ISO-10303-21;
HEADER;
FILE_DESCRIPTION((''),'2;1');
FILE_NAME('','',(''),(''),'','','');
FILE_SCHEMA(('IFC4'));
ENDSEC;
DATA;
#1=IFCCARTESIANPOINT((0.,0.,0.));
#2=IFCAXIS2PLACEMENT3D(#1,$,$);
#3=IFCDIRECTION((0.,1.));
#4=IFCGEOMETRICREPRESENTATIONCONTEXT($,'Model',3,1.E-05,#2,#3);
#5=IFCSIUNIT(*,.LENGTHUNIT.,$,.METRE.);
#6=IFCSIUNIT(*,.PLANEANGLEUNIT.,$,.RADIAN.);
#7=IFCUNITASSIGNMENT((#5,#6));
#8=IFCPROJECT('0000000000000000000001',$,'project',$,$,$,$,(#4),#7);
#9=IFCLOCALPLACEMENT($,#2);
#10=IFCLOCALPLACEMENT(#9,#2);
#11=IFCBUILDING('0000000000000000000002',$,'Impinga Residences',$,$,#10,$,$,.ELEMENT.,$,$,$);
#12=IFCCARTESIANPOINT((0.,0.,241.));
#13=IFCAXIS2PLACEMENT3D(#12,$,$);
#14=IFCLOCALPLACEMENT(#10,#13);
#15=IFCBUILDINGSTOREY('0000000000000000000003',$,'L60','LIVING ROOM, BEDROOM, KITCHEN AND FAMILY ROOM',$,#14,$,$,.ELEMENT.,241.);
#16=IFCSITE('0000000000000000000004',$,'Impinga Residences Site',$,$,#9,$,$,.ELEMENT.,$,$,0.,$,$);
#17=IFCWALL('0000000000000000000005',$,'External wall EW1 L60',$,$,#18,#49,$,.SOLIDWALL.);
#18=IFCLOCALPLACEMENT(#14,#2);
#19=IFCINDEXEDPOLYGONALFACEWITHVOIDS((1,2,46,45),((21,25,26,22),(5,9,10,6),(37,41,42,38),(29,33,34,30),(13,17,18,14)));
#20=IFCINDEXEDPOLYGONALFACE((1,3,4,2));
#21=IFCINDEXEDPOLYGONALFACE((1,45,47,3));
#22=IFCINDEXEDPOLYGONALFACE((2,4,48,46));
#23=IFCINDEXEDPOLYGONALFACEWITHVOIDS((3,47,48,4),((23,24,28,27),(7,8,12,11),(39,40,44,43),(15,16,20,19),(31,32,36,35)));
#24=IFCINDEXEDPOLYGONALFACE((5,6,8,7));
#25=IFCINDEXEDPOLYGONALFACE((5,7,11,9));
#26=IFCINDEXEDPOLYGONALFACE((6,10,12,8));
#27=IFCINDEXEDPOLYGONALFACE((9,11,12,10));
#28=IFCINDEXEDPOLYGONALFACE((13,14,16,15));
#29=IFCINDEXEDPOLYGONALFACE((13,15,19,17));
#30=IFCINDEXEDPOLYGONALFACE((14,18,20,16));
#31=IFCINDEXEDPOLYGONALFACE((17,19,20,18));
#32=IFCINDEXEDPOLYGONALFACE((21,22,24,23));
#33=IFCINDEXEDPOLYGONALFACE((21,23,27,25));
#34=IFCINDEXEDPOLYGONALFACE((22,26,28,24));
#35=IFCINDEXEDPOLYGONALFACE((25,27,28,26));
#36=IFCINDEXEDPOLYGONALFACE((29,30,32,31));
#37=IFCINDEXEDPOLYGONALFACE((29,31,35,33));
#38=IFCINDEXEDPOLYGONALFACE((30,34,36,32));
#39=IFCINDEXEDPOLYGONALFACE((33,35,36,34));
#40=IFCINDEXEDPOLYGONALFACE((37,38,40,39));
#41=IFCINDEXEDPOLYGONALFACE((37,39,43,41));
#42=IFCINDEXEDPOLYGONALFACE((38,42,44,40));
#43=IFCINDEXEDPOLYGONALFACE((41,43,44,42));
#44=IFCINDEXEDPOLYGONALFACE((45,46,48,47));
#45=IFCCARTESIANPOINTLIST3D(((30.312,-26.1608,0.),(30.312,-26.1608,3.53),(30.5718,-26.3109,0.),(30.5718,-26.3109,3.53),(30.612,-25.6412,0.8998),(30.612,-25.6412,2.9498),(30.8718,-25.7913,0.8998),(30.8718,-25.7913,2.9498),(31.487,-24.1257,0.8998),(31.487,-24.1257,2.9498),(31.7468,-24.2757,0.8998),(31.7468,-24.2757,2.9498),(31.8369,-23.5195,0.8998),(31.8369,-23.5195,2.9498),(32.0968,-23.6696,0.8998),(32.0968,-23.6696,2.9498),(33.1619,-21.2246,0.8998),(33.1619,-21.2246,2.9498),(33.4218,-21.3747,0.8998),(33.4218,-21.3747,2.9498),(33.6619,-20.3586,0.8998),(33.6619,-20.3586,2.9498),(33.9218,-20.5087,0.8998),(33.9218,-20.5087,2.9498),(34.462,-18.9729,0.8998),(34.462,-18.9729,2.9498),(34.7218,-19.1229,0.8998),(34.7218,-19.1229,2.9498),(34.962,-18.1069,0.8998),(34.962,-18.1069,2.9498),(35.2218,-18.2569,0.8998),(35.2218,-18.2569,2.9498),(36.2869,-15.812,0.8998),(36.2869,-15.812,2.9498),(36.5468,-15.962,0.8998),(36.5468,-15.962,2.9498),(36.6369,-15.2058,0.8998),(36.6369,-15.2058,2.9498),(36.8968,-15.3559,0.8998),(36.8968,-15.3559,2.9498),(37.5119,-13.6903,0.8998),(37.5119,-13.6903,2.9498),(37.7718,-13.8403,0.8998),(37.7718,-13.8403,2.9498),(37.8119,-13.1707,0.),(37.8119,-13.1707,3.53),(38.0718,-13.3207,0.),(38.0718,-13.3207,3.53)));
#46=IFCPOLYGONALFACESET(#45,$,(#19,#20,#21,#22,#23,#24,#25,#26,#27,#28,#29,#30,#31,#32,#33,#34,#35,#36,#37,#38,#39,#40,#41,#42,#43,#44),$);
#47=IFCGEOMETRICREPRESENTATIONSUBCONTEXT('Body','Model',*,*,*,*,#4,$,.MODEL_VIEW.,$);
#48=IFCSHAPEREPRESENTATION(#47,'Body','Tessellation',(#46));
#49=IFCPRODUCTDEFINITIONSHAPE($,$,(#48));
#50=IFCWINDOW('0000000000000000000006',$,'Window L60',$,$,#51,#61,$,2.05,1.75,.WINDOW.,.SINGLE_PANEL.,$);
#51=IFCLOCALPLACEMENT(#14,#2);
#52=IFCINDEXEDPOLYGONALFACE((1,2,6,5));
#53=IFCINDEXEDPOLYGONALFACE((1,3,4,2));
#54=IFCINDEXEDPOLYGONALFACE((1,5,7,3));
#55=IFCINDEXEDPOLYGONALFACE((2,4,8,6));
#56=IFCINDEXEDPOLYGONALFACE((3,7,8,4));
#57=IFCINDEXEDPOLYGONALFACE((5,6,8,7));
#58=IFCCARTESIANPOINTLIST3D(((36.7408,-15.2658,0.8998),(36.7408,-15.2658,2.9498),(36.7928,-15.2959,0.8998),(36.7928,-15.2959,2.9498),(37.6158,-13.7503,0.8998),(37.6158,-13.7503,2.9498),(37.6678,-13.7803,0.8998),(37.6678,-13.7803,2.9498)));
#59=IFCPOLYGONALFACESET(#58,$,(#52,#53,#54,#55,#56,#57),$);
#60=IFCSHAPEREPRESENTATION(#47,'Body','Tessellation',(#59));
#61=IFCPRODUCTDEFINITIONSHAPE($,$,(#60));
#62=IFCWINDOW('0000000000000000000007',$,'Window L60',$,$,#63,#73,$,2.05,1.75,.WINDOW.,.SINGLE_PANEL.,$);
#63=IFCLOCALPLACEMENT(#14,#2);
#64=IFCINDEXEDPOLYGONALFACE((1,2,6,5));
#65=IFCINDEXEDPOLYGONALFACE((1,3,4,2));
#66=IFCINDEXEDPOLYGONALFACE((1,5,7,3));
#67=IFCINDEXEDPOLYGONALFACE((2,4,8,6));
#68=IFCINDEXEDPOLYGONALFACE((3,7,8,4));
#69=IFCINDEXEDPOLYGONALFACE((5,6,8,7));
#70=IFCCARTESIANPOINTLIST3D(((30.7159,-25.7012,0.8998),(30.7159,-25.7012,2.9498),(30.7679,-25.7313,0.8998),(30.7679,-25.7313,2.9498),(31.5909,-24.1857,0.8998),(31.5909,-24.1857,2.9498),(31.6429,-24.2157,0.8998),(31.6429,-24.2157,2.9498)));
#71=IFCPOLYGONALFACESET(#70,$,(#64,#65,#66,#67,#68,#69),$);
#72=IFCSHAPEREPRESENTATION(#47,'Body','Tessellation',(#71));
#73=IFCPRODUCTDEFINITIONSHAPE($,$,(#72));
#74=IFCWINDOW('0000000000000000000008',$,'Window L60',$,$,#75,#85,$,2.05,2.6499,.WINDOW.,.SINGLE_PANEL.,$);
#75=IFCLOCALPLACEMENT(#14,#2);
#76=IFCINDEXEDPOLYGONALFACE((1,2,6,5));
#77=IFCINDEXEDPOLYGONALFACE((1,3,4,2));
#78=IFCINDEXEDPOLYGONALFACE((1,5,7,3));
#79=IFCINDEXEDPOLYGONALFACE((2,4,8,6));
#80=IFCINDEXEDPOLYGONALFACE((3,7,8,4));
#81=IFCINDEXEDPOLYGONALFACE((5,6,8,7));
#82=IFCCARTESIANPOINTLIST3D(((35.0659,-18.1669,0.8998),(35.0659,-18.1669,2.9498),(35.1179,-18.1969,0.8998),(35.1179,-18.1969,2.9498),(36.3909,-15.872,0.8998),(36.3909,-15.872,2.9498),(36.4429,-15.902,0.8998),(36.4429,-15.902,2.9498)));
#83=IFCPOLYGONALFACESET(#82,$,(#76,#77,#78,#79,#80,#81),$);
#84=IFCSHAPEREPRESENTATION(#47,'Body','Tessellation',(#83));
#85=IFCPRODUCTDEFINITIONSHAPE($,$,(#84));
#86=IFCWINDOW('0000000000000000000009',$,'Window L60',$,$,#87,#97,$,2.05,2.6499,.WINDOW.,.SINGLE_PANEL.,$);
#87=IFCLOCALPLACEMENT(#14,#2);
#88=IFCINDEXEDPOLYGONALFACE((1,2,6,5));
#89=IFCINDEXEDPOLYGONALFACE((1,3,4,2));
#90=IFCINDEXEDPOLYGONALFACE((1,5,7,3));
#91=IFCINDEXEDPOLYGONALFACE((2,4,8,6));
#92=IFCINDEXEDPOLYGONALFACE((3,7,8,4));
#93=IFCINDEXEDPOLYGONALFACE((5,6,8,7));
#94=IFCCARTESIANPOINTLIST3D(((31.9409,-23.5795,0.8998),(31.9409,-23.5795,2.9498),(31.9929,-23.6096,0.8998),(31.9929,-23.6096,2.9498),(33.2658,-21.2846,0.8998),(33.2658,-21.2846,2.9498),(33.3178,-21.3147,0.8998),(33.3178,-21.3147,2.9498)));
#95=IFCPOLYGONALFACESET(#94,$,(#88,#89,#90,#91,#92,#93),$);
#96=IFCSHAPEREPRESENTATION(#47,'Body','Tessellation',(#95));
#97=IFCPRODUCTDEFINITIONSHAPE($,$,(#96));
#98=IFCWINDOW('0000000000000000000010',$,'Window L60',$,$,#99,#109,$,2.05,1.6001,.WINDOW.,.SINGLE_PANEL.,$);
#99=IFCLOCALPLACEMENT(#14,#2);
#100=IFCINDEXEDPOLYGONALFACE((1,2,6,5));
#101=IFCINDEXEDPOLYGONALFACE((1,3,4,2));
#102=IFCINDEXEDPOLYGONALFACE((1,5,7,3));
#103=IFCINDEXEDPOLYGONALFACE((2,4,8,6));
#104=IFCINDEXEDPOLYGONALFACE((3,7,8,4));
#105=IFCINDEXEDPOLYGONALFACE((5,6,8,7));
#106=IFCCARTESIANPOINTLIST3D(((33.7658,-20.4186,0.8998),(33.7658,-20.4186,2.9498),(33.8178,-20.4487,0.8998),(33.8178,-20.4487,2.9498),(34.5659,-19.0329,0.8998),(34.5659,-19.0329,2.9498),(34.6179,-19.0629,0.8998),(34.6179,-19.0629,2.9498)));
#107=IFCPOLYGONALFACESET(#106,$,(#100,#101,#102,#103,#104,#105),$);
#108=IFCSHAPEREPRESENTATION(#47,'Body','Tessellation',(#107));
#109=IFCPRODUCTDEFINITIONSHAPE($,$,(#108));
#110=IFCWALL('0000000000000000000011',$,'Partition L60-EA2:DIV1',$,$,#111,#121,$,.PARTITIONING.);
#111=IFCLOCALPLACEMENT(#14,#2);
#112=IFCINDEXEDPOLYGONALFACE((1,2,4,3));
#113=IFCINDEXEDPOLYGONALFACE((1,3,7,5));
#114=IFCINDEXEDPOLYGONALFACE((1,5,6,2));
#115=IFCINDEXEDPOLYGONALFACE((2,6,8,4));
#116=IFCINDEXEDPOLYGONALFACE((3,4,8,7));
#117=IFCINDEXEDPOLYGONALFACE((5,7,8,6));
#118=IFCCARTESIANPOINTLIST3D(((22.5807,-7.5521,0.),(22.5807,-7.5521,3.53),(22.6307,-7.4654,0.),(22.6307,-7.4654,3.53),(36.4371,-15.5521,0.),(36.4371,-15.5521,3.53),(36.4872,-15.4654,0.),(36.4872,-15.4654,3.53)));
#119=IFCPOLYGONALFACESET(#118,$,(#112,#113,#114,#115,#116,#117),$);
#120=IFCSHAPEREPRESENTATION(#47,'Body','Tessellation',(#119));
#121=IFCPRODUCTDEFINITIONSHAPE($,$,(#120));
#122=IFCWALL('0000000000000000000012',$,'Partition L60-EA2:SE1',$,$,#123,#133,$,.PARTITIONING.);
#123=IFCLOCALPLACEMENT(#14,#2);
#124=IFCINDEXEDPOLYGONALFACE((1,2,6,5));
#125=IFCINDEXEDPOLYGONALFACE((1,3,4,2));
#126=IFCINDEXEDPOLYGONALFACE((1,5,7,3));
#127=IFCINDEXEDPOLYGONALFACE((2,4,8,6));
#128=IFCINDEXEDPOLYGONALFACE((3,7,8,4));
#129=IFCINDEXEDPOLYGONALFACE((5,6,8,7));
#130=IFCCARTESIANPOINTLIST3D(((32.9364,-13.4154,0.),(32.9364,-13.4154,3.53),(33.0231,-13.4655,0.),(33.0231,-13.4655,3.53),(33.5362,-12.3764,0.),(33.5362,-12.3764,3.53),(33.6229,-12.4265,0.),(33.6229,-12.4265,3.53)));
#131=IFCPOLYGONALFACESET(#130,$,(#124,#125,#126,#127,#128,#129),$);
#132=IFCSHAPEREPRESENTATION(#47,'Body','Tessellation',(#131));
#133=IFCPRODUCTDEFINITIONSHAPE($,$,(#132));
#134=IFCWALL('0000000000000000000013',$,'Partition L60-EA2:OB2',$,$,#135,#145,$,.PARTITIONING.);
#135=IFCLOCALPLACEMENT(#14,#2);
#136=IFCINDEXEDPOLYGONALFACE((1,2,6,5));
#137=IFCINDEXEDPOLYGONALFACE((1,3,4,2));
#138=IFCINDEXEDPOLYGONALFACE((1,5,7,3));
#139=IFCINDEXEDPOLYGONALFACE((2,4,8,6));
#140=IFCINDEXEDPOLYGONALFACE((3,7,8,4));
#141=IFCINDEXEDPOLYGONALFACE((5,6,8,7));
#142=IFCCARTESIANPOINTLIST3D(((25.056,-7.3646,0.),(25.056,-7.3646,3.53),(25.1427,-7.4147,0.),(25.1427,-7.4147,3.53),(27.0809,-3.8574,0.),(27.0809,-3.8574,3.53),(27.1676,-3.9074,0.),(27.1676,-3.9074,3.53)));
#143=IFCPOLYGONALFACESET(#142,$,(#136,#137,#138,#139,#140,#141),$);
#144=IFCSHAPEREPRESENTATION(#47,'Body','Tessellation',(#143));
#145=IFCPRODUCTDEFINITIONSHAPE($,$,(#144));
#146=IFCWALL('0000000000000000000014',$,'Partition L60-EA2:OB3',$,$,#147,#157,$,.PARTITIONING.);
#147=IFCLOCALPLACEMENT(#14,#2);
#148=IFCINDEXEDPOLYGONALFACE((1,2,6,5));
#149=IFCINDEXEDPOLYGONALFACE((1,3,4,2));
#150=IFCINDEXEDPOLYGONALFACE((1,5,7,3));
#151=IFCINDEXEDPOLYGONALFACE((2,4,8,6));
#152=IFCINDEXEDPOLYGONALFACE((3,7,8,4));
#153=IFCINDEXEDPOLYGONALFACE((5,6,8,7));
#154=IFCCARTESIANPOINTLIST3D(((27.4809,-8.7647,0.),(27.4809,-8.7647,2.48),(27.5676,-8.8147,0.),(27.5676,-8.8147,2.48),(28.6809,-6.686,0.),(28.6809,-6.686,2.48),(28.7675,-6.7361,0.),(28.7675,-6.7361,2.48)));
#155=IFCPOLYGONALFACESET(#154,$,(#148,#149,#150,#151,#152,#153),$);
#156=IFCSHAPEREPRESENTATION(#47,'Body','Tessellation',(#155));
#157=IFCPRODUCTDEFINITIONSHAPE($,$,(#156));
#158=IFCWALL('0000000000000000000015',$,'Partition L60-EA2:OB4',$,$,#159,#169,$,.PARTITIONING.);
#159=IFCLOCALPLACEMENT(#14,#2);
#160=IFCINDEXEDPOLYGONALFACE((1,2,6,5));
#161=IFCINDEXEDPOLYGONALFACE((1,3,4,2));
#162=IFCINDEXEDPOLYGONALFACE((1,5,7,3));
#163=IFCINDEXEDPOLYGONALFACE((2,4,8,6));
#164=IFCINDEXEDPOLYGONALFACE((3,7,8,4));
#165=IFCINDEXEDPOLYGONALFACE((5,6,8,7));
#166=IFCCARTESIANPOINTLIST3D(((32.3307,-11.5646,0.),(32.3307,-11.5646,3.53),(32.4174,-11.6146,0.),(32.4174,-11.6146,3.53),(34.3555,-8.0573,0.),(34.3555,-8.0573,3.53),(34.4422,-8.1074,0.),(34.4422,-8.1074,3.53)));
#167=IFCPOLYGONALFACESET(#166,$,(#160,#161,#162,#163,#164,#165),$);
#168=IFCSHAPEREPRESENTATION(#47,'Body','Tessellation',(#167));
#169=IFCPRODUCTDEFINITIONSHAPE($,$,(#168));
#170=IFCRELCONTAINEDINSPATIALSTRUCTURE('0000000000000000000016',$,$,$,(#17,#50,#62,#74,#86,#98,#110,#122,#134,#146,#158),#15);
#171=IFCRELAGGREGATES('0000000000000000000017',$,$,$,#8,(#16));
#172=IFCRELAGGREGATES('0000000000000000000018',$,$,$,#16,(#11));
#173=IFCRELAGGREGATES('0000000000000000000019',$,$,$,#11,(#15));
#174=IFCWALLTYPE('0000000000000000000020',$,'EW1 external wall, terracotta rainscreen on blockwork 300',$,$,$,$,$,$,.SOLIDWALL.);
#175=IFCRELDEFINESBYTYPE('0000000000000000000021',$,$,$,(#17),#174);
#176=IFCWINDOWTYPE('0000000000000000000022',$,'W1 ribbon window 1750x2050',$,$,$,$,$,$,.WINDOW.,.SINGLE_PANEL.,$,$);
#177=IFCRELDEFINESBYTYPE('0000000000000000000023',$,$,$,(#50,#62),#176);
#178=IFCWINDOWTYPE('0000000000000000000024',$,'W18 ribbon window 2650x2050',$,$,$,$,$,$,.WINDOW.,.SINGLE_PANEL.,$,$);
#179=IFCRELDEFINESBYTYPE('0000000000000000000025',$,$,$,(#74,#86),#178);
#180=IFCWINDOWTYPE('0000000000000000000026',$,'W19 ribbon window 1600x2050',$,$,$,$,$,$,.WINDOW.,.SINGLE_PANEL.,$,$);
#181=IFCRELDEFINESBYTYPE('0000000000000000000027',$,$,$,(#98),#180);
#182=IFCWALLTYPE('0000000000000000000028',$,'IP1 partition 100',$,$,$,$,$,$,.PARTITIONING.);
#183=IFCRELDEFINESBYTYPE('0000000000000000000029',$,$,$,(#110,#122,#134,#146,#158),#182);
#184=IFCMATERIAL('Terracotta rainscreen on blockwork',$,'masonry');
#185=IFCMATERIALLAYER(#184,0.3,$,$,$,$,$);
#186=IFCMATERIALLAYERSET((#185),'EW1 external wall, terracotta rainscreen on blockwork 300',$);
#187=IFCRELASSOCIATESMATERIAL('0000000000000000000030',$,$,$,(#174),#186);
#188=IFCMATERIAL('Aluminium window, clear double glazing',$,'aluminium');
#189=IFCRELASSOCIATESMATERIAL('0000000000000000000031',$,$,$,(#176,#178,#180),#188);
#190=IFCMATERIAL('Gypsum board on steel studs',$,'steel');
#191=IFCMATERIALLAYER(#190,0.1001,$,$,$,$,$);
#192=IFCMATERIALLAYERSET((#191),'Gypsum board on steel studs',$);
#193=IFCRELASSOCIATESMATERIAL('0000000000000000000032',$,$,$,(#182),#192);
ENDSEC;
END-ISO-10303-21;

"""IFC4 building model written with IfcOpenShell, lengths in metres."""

from ifc_helpers import new_model, si_unit, direction, frame, frame_2d, origin, place, context, subcontext, project, spatial, rectangle, extrude, material, layer, layer_set, type_object, element, fill, save


model = new_model("IFC4")

# Units and contexts
model_context = context("Model", 3, precision=1e-05, world=origin(), true_north=direction((0.0, 1.0)))
body_context = subcontext(model_context, "Body", "Model", "MODEL_VIEW")
ifc_project = project(units=[si_unit("LENGTHUNIT", "METRE"), si_unit("PLANEANGLEUNIT", "RADIAN")], contexts=[model_context])

# Site, building, storey
site_placement = place(None, origin())
site = spatial("IfcSite", under=ifc_project, at=site_placement, Name="Impinga Residences Site", CompositionType="ELEMENT", RefElevation=0.0)
building_placement = place(site_placement, origin())
building = spatial("IfcBuilding", under=site, at=building_placement, Name="Impinga Residences", CompositionType="ELEMENT")
storey_placement = place(building_placement, frame((0.0, 0.0, 241.0)))
storey = spatial("IfcBuildingStorey", under=building, at=storey_placement, Name="L60", Description="LIVING ROOM, BEDROOM, KITCHEN AND FAMILY ROOM", CompositionType="ELEMENT", Elevation=241.0)

# Shared definitions
ifc_material_1 = material(Name="Terracotta rainscreen on blockwork", Category="masonry")
ifc_layer_1 = layer(ifc_material_1, 0.3)
ifc_layer_set_1 = layer_set([ifc_layer_1], Name="EW1 external wall, terracotta rainscreen on blockwork 300")
wall_type_1 = type_object("IfcWallType", Name="EW1 external wall, terracotta rainscreen on blockwork 300", PredefinedType="SOLIDWALL", material=ifc_layer_set_1)

# Wall, openings, windows
wall_1_placement = place(storey_placement, frame((37.9419, -13.2456, 0.0), z_axis=(0.0, 0.0, 1.0), x_axis=(-0.500004, -0.866023, 0.0)))
wall_1 = element("IfcWall", 1, at=wall_1_placement, inside=storey, type_object=wall_type_1, Name="External wall EW1 L60", PredefinedType="SOLIDWALL", context=body_context, shape_type="SweptSolid", body=[
    extrude(rectangle(XDim=14.9998, YDim=0.3, at=frame_2d((7.5, 0.0))), origin(), (0.0, 0.0, 1.0), 3.53),
])
opening_1_placement = place(wall_1_placement, frame((0.6001, 0.0, 0.8999)))
opening_1 = element("IfcOpeningElement", 2, at=opening_1_placement, cuts=wall_1, PredefinedType="OPENING", context=body_context, shape_type="SweptSolid", body=[
    extrude(rectangle(XDim=1.75, YDim=2.05, at=frame_2d((0.875, 1.0249))), frame((0.0, 0.1599, 0.0), z_axis=(0.0, -1.0, 0.0), x_axis=(1.0, 0.0, 0.0)), (0.0, 0.0, 1.0), 0.3201),
])
opening_2_placement = place(wall_1_placement, frame((3.05, 0.0, 0.8999)))
opening_2 = element("IfcOpeningElement", 3, at=opening_2_placement, cuts=wall_1, PredefinedType="OPENING", context=body_context, shape_type="SweptSolid", body=[
    extrude(rectangle(XDim=2.6499, YDim=2.05, at=frame_2d((1.325, 1.0249))), frame((0.0, 0.1599, 0.0), z_axis=(0.0, -1.0, 0.0), x_axis=(1.0, 0.0, 0.0)), (0.0, 0.0, 1.0), 0.3201),
])
opening_3_placement = place(wall_1_placement, frame((6.7, 0.0, 0.8999)))
opening_3 = element("IfcOpeningElement", 4, at=opening_3_placement, cuts=wall_1, PredefinedType="OPENING", context=body_context, shape_type="SweptSolid", body=[
    extrude(rectangle(XDim=1.6001, YDim=2.05, at=frame_2d((0.8, 1.0249))), frame((0.0, 0.1599, 0.0), z_axis=(0.0, -1.0, 0.0), x_axis=(1.0, 0.0, 0.0)), (0.0, 0.0, 1.0), 0.3201),
])
opening_4_placement = place(wall_1_placement, frame((9.3, 0.0, 0.8999)))
opening_4 = element("IfcOpeningElement", 5, at=opening_4_placement, cuts=wall_1, PredefinedType="OPENING", context=body_context, shape_type="SweptSolid", body=[
    extrude(rectangle(XDim=2.6499, YDim=2.05, at=frame_2d((1.325, 1.0249))), frame((0.0, 0.1599, 0.0), z_axis=(0.0, -1.0, 0.0), x_axis=(1.0, 0.0, 0.0)), (0.0, 0.0, 1.0), 0.3201),
])
opening_5_placement = place(wall_1_placement, frame((12.6499, 0.0, 0.8999)))
opening_5 = element("IfcOpeningElement", 6, at=opening_5_placement, cuts=wall_1, PredefinedType="OPENING", context=body_context, shape_type="SweptSolid", body=[
    extrude(rectangle(XDim=1.75, YDim=2.05, at=frame_2d((0.875, 1.0249))), frame((0.0, 0.1599, 0.0), z_axis=(0.0, -1.0, 0.0), x_axis=(1.0, 0.0, 0.0)), (0.0, 0.0, 1.0), 0.3201),
])
ifc_material_2 = material(Name="Aluminium window, clear double glazing", Category="aluminium")
window_type_1 = type_object("IfcWindowType", Name="W1 ribbon window 1750x2050", PartitioningType="SINGLE_PANEL", PredefinedType="WINDOW", material=ifc_material_2)
window_1_placement = place(opening_1_placement, origin())
window_1 = element("IfcWindow", 7, at=window_1_placement, inside=storey, type_object=window_type_1, Name="Window L60", OverallHeight=2.05, OverallWidth=1.75, PartitioningType="SINGLE_PANEL", PredefinedType="WINDOW", context=body_context, shape_type="SweptSolid", body=[
    extrude(rectangle(XDim=1.75, YDim=2.05, at=frame_2d((0.875, 1.0249))), frame((0.0, 0.03, 0.0), z_axis=(0.0, -1.0, 0.0), x_axis=(1.0, 0.0, 0.0)), (0.0, 0.0, 1.0), 0.0601),
])
fill(opening_1, window_1)
window_2_placement = place(opening_5_placement, origin())
window_2 = element("IfcWindow", 8, at=window_2_placement, inside=storey, type_object=window_type_1, Name="Window L60", OverallHeight=2.05, OverallWidth=1.75, PartitioningType="SINGLE_PANEL", PredefinedType="WINDOW", context=body_context, shape_type="SweptSolid", body=[
    extrude(rectangle(XDim=1.75, YDim=2.05, at=frame_2d((0.875, 1.0249))), frame((0.0, 0.03, 0.0), z_axis=(0.0, -1.0, 0.0), x_axis=(1.0, 0.0, 0.0)), (0.0, 0.0, 1.0), 0.0601),
])
fill(opening_5, window_2)
window_type_2 = type_object("IfcWindowType", Name="W18 ribbon window 2650x2050", PartitioningType="SINGLE_PANEL", PredefinedType="WINDOW", material=ifc_material_2)
window_3_placement = place(opening_2_placement, origin())
window_3 = element("IfcWindow", 9, at=window_3_placement, inside=storey, type_object=window_type_2, Name="Window L60", OverallHeight=2.05, OverallWidth=2.6499, PartitioningType="SINGLE_PANEL", PredefinedType="WINDOW", context=body_context, shape_type="SweptSolid", body=[
    extrude(rectangle(XDim=2.6499, YDim=2.05, at=frame_2d((1.325, 1.0249))), frame((0.0, 0.03, 0.0), z_axis=(0.0, -1.0, 0.0), x_axis=(1.0, 0.0, 0.0)), (0.0, 0.0, 1.0), 0.0601),
])
fill(opening_2, window_3)
window_4_placement = place(opening_4_placement, origin())
window_4 = element("IfcWindow", 10, at=window_4_placement, inside=storey, type_object=window_type_2, Name="Window L60", OverallHeight=2.05, OverallWidth=2.6499, PartitioningType="SINGLE_PANEL", PredefinedType="WINDOW", context=body_context, shape_type="SweptSolid", body=[
    extrude(rectangle(XDim=2.6499, YDim=2.05, at=frame_2d((1.325, 1.0249))), frame((0.0, 0.03, 0.0), z_axis=(0.0, -1.0, 0.0), x_axis=(1.0, 0.0, 0.0)), (0.0, 0.0, 1.0), 0.0601),
])
fill(opening_4, window_4)
window_type_3 = type_object("IfcWindowType", Name="W19 ribbon window 1600x2050", PartitioningType="SINGLE_PANEL", PredefinedType="WINDOW", material=ifc_material_2)
window_5_placement = place(opening_3_placement, origin())
window_5 = element("IfcWindow", 11, at=window_5_placement, inside=storey, type_object=window_type_3, Name="Window L60", OverallHeight=2.05, OverallWidth=1.6001, PartitioningType="SINGLE_PANEL", PredefinedType="WINDOW", context=body_context, shape_type="SweptSolid", body=[
    extrude(rectangle(XDim=1.6001, YDim=2.05, at=frame_2d((0.8, 1.0249))), frame((0.0, 0.03, 0.0), z_axis=(0.0, -1.0, 0.0), x_axis=(1.0, 0.0, 0.0)), (0.0, 0.0, 1.0), 0.0601),
])
fill(opening_3, window_5)

# Walls
ifc_material_3 = material(Name="Gypsum board on steel studs", Category="steel")
ifc_layer_2 = layer(ifc_material_3, 0.1001)
ifc_layer_set_2 = layer_set([ifc_layer_2], Name="Gypsum board on steel studs")
wall_type_2 = type_object("IfcWallType", Name="IP1 partition 100", PredefinedType="PARTITIONING", material=ifc_layer_set_2)
wall_2_placement = place(storey_placement, frame((22.6057, -7.5088, 0.0), z_axis=(0.0, 0.0, 1.0), x_axis=(0.866026, -0.499999, 0.0)))
element("IfcWall", 12, at=wall_2_placement, inside=storey, type_object=wall_type_2, Name="Partition L60-EA2:DIV1", PredefinedType="PARTITIONING", context=body_context, shape_type="SweptSolid", body=[
    extrude(rectangle(XDim=16.0, YDim=0.1001, at=frame_2d((8.0, 0.0))), origin(), (0.0, 0.0, 1.0), 3.53),
])
wall_3_placement = place(storey_placement, frame((32.9797, -13.4404, 0.0), z_axis=(0.0, 0.0, 1.0), x_axis=(0.499969, 0.866043, 0.0)))
element("IfcWall", 13, at=wall_3_placement, inside=storey, type_object=wall_type_2, Name="Partition L60-EA2:SE1", PredefinedType="PARTITIONING", context=body_context, shape_type="SweptSolid", body=[
    extrude(rectangle(XDim=1.1997, YDim=0.1001, at=frame_2d((0.5999, 0.0))), origin(), (0.0, 0.0, 1.0), 3.53),
])
wall_4_placement = place(storey_placement, frame((25.0994, -7.3896, 0.0), z_axis=(0.0, 0.0, 1.0), x_axis=(0.49999, 0.866031, 0.0)))
element("IfcWall", 14, at=wall_4_placement, inside=storey, type_object=wall_type_2, Name="Partition L60-EA2:OB2", PredefinedType="PARTITIONING", context=body_context, shape_type="SweptSolid", body=[
    extrude(rectangle(XDim=4.0498, YDim=0.1001, at=frame_2d((2.0249, 0.0))), origin(), (0.0, 0.0, 1.0), 3.53),
])
wall_5_placement = place(storey_placement, frame((27.5242, -8.7898, 0.0), z_axis=(0.0, 0.0, 1.0), x_axis=(0.499957, 0.86605, 0.0)))
element("IfcWall", 15, at=wall_5_placement, inside=storey, type_object=wall_type_2, Name="Partition L60-EA2:OB3", PredefinedType="PARTITIONING", context=body_context, shape_type="SweptSolid", body=[
    extrude(rectangle(XDim=2.4001, YDim=0.1001, at=frame_2d((1.2002, 0.0))), origin(), (0.0, 0.0, 1.0), 2.48),
])
wall_6_placement = place(storey_placement, frame((32.374, -11.5896, 0.0), z_axis=(0.0, 0.0, 1.0), x_axis=(0.49999, 0.866031, 0.0)))
element("IfcWall", 16, at=wall_6_placement, inside=storey, type_object=wall_type_2, Name="Partition L60-EA2:OB4", PredefinedType="PARTITIONING", context=body_context, shape_type="SweptSolid", body=[
    extrude(rectangle(XDim=4.0498, YDim=0.1001, at=frame_2d((2.0249, 0.0))), origin(), (0.0, 0.0, 1.0), 3.53),
])

save(model, "model.ifc")
